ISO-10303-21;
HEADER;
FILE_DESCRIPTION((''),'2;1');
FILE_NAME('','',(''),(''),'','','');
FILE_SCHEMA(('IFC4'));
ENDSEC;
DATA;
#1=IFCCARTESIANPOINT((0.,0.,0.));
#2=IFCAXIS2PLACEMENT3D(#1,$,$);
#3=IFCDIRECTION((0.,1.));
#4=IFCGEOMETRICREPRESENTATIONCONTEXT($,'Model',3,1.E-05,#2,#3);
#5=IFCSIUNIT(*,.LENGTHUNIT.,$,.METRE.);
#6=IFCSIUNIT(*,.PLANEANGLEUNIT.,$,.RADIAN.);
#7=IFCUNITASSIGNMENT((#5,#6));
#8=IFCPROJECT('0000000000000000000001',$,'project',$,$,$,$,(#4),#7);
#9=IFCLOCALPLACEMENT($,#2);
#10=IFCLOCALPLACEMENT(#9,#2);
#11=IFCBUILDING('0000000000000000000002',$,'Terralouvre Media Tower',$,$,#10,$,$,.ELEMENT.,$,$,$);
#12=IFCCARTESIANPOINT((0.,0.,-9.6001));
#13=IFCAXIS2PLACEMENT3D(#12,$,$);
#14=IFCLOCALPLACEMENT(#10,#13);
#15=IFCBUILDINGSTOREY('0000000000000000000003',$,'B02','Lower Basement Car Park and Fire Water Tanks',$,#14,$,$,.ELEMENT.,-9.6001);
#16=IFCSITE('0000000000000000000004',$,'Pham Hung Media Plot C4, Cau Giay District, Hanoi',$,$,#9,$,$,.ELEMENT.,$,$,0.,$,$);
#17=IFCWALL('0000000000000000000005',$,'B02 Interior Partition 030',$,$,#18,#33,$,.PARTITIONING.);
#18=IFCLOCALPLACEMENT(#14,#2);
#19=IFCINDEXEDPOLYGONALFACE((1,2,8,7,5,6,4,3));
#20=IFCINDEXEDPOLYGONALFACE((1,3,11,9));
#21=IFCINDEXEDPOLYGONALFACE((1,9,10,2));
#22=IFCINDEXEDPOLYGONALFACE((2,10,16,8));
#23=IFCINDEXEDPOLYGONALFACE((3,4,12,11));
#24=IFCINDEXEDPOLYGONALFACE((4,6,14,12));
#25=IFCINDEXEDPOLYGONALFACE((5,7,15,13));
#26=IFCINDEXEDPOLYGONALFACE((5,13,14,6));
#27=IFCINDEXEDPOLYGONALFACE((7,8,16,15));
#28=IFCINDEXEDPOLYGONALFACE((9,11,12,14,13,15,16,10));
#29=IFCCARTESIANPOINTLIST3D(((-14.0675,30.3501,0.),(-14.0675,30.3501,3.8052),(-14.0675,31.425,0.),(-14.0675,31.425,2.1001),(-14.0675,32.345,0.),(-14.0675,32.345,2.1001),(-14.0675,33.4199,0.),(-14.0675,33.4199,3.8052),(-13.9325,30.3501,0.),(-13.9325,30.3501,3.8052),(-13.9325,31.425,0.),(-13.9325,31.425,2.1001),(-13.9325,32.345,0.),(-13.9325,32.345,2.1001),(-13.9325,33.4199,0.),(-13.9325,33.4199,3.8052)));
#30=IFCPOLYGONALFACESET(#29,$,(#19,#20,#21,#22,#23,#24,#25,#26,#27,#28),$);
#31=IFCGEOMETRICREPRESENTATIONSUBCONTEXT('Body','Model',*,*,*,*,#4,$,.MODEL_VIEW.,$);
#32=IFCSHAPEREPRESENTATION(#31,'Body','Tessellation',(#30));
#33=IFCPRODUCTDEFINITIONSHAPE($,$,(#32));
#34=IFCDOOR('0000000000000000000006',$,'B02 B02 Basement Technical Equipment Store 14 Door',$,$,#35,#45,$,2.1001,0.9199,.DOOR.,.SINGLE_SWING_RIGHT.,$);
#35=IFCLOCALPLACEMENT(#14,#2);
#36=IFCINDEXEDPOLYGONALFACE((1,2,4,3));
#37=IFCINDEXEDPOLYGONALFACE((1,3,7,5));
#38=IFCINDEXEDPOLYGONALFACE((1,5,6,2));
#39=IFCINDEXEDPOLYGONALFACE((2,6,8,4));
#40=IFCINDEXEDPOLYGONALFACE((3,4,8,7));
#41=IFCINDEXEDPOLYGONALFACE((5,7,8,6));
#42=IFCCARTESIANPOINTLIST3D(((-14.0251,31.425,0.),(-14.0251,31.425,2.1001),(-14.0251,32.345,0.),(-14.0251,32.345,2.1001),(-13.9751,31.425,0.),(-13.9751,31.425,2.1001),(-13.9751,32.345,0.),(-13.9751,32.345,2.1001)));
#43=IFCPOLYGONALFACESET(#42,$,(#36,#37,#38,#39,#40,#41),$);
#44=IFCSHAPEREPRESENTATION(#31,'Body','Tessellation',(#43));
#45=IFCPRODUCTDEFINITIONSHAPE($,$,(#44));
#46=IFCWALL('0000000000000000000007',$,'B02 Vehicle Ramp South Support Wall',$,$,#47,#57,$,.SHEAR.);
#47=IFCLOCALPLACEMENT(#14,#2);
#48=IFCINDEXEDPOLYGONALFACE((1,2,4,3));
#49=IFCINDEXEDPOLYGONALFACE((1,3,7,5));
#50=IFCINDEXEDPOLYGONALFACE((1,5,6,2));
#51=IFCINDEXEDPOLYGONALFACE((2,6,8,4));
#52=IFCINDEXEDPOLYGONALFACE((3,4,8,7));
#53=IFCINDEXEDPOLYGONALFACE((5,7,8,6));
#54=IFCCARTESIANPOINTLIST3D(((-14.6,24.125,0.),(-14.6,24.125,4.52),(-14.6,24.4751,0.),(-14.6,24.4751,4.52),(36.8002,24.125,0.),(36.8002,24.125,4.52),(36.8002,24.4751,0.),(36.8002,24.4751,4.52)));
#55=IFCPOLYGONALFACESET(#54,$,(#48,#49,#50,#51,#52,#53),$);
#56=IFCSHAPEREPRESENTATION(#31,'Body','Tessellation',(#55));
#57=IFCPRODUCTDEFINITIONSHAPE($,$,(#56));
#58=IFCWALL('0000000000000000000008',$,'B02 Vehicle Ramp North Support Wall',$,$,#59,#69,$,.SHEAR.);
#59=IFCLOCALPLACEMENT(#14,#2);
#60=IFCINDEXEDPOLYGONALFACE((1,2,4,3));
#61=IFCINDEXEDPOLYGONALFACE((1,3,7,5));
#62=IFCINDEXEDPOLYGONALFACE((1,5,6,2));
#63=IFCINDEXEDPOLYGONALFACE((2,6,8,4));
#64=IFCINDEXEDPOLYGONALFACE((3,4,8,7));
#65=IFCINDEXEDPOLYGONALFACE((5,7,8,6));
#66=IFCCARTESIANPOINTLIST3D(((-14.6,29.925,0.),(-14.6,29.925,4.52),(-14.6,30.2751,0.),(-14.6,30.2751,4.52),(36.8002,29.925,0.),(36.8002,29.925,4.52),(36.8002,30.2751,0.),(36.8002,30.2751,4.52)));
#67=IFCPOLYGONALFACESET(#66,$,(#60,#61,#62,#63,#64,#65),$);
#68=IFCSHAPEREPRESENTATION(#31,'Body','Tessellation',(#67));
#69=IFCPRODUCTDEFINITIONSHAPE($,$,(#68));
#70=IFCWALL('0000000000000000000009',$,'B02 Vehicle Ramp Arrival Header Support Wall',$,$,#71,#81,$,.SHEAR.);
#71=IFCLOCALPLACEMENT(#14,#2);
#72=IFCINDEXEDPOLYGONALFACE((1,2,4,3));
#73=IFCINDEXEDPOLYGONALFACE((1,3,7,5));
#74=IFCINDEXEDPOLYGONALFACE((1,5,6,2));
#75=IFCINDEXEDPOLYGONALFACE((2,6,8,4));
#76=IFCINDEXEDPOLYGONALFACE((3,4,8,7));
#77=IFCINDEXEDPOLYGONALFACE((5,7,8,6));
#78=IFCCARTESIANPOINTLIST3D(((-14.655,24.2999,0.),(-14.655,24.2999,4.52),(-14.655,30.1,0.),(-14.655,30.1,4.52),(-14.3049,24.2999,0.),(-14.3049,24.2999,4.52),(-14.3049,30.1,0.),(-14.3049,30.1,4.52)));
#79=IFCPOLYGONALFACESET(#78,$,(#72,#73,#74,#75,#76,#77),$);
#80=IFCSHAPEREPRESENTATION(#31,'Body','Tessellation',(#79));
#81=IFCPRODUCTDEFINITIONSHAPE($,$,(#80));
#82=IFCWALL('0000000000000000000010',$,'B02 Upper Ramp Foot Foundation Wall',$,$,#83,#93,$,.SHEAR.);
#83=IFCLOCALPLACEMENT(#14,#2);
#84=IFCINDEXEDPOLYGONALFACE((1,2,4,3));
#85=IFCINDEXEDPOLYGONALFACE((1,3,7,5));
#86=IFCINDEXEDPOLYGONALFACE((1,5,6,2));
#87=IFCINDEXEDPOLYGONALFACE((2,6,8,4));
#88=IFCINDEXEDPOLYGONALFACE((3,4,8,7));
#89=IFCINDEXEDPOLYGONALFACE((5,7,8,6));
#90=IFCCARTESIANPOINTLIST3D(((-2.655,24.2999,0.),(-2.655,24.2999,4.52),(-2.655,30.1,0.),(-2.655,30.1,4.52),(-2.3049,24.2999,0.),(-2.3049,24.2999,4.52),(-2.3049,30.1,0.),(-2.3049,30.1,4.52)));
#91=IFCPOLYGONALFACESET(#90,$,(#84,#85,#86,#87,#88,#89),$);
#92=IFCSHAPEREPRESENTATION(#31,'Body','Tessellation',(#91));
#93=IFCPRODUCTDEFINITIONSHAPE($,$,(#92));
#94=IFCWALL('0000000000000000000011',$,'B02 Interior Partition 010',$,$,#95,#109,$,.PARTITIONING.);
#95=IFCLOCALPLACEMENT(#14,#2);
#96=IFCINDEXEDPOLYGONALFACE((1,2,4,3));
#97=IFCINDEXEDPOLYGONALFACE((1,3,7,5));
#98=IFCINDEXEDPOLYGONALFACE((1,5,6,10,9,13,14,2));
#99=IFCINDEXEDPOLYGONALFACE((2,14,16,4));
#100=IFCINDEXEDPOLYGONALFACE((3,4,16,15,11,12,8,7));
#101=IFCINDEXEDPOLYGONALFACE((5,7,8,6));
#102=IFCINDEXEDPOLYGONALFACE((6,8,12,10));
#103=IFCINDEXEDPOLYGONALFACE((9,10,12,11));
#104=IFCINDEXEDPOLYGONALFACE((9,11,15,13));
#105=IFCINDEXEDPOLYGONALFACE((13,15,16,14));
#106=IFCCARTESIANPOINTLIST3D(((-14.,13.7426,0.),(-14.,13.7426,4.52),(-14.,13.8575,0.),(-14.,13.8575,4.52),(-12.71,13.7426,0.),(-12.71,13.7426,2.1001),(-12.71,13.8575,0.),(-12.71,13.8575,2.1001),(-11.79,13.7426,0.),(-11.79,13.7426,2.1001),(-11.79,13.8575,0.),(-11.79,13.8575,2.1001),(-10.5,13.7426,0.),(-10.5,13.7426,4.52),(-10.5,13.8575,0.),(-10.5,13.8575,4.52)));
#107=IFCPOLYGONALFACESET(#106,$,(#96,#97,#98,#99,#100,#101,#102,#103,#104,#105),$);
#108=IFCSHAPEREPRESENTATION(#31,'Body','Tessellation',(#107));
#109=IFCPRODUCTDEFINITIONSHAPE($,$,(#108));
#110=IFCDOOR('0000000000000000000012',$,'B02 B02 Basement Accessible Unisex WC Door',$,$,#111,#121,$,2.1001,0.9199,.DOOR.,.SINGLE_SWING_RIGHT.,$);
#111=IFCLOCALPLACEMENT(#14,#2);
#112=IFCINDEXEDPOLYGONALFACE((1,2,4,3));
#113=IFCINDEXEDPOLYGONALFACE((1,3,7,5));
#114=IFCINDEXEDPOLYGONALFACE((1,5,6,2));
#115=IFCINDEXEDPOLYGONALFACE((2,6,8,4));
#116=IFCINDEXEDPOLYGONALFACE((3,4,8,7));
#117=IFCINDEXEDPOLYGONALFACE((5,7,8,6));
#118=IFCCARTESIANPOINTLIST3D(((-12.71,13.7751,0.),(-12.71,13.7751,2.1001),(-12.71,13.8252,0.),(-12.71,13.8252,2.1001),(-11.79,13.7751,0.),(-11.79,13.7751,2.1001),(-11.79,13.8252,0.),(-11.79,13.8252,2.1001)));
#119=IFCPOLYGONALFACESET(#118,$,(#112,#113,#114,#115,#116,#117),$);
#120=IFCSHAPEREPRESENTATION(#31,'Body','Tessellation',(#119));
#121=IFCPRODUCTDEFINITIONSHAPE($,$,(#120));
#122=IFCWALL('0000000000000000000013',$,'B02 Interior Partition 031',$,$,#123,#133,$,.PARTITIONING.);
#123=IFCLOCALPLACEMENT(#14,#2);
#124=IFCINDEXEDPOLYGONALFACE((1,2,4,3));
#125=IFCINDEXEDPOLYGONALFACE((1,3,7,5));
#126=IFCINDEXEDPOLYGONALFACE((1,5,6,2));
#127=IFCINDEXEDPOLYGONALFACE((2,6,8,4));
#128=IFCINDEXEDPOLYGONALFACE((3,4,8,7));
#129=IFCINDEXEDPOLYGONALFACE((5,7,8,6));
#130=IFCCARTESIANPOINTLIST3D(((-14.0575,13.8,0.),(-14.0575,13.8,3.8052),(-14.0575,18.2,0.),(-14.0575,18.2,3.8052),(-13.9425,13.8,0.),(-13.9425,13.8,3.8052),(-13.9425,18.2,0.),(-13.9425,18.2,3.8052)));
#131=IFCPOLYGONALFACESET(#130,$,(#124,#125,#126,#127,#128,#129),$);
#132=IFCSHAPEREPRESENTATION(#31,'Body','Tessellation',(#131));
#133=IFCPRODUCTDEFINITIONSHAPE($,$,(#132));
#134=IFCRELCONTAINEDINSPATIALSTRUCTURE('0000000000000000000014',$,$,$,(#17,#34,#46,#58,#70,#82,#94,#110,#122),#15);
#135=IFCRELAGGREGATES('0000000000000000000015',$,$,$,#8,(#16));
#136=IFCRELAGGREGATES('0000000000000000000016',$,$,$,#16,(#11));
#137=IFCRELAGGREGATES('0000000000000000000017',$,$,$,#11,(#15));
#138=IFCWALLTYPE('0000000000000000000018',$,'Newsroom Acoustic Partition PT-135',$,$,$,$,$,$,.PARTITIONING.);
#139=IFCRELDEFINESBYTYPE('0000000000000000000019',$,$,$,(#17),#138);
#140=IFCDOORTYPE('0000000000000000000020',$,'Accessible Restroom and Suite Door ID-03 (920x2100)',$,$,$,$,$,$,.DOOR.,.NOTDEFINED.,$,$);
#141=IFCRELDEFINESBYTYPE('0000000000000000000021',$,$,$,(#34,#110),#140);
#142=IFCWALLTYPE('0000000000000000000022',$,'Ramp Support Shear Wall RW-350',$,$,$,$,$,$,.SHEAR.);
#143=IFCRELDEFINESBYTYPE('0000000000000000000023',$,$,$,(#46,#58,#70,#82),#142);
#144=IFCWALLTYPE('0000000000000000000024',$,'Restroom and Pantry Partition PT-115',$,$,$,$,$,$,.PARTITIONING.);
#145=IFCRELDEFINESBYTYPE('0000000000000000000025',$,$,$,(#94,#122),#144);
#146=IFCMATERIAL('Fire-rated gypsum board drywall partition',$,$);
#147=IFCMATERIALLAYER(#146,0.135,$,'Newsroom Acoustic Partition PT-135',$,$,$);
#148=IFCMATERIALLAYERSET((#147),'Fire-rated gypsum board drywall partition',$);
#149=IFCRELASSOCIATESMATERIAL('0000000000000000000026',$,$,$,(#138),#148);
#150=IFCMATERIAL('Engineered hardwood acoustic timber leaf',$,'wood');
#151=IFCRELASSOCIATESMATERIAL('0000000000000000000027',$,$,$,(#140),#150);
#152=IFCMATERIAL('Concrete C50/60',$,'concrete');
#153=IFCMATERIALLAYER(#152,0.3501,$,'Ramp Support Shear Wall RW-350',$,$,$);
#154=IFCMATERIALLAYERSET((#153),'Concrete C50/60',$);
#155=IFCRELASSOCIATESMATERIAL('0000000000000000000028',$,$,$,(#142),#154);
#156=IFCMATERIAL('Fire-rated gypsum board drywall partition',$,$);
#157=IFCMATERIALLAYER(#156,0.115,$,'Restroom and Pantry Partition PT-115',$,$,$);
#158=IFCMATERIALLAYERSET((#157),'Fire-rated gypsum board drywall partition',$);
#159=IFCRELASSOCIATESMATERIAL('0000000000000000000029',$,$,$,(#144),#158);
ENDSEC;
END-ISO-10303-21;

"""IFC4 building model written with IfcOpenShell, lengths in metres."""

from ifc_helpers import new_model, si_unit, direction, frame, frame_2d, origin, place, context, subcontext, project, spatial, rectangle, extrude, material, layer, layer_set, type_object, element, fill, save


model = new_model("IFC4")

# Units and contexts
model_context = context("Model", 3, precision=1e-05, world=origin(), true_north=direction((0.0, 1.0)))
body_context = subcontext(model_context, "Body", "Model", "MODEL_VIEW")
ifc_project = project(units=[si_unit("LENGTHUNIT", "METRE"), si_unit("PLANEANGLEUNIT", "RADIAN")], contexts=[model_context])

# Site, building, storey
site_placement = place(None, origin())
site = spatial("IfcSite", under=ifc_project, at=site_placement, Name="Pham Hung Media Plot C4, Cau Giay District, Hanoi", CompositionType="ELEMENT", RefElevation=0.0)
building_placement = place(site_placement, origin())
building = spatial("IfcBuilding", under=site, at=building_placement, Name="Terralouvre Media Tower", CompositionType="ELEMENT")
storey_placement = place(building_placement, frame((0.0, 0.0, -9.6001)))
storey = spatial("IfcBuildingStorey", under=building, at=storey_placement, Name="B02", Description="Lower Basement Car Park and Fire Water Tanks", CompositionType="ELEMENT", Elevation=-9.6001)

# Shared definitions
ifc_material_1 = material(Name="Fire-rated gypsum board drywall partition")
ifc_layer_1 = layer(ifc_material_1, 0.135, Name="Newsroom Acoustic Partition PT-135")
ifc_layer_set_1 = layer_set([ifc_layer_1], Name="Fire-rated gypsum board drywall partition")
wall_type_1 = type_object("IfcWallType", Name="Newsroom Acoustic Partition PT-135", PredefinedType="PARTITIONING", material=ifc_layer_set_1)

# Wall, opening, door
wall_1_placement = place(storey_placement, frame((-14.0, 33.4199, 0.0), z_axis=(0.0, 0.0, 1.0), x_axis=(0.0, -1.0, 0.0)))
wall_1 = element("IfcWall", 1, at=wall_1_placement, inside=storey, type_object=wall_type_1, Name="B02 Interior Partition 030", PredefinedType="PARTITIONING", context=body_context, shape_type="SweptSolid", body=[
    extrude(rectangle(XDim=3.0698, YDim=0.135, at=frame_2d((1.5349, 0.0))), origin(), (0.0, 0.0, 1.0), 3.8052),
])
opening_1_placement = place(wall_1_placement, frame((1.075, 0.0, 0.0)))
opening_1 = element("IfcOpeningElement", 2, at=opening_1_placement, cuts=wall_1, PredefinedType="OPENING", context=body_context, shape_type="SweptSolid", body=[
    extrude(rectangle(XDim=0.9199, YDim=2.1001, at=frame_2d((0.46, 1.05))), frame((0.0, 0.0774, 0.0), z_axis=(0.0, -1.0, 0.0), x_axis=(1.0, 0.0, 0.0)), (0.0, 0.0, 1.0), 0.155),
])
ifc_material_2 = material(Name="Engineered hardwood acoustic timber leaf", Category="wood")
door_type_1 = type_object("IfcDoorType", Name="Accessible Restroom and Suite Door ID-03 (920x2100)", OperationType="NOTDEFINED", PredefinedType="DOOR", material=ifc_material_2)
door_1_placement = place(opening_1_placement, origin())
door_1 = element("IfcDoor", 3, at=door_1_placement, inside=storey, type_object=door_type_1, Name="B02 B02 Basement Technical Equipment Store 14 Door", OperationType="SINGLE_SWING_RIGHT", OverallHeight=2.1001, OverallWidth=0.9199, PredefinedType="DOOR", context=body_context, shape_type="SweptSolid", body=[
    extrude(rectangle(XDim=0.9199, YDim=2.1001, at=frame_2d((0.46, 1.05))), frame((0.0, 0.0249, 0.0), z_axis=(0.0, -1.0, 0.0), x_axis=(1.0, 0.0, 0.0)), (0.0, 0.0, 1.0), 0.05),
])
fill(opening_1, door_1)

# Walls
ifc_material_3 = material(Name="Concrete C50/60", Category="concrete")
ifc_layer_2 = layer(ifc_material_3, 0.3501, Name="Ramp Support Shear Wall RW-350")
ifc_layer_set_2 = layer_set([ifc_layer_2], Name="Concrete C50/60")
wall_type_2 = type_object("IfcWallType", Name="Ramp Support Shear Wall RW-350", PredefinedType="SHEAR", material=ifc_layer_set_2)
for number, where, z_axis, x_axis, name in (
    (4, (-14.6001, 24.3, 0.0), (0.0, 0.0, 1.0), (1.0, 0.0, 0.0), "B02 Vehicle Ramp South Support Wall"),
    (5, (-14.6001, 30.1001, 0.0), (0.0, 0.0, 1.0), (1.0, 0.0, 0.0), "B02 Vehicle Ramp North Support Wall"),
):
    element("IfcWall", number, at=place(storey_placement, frame(where, z_axis=z_axis, x_axis=x_axis)), inside=storey, type_object=wall_type_2, Name=name, PredefinedType="SHEAR", context=body_context, shape_type="SweptSolid", body=[
        extrude(rectangle(XDim=51.4001, YDim=0.3501, at=frame_2d((25.7002, 0.0))), origin(), (0.0, 0.0, 1.0), 4.52),
    ])
for number, where, z_axis, x_axis, name in (
    (6, (-14.48, 24.3, 0.0), (0.0, 0.0, 1.0), (0.0, 1.0, 0.0), "B02 Vehicle Ramp Arrival Header Support Wall"),
    (7, (-2.48, 24.3, 0.0), (0.0, 0.0, 1.0), (0.0, 1.0, 0.0), "B02 Upper Ramp Foot Foundation Wall"),
):
    element("IfcWall", number, at=place(storey_placement, frame(where, z_axis=z_axis, x_axis=x_axis)), inside=storey, type_object=wall_type_2, Name=name, PredefinedType="SHEAR", context=body_context, shape_type="SweptSolid", body=[
        extrude(rectangle(XDim=5.8, YDim=0.3501, at=frame_2d((2.8999, 0.0))), origin(), (0.0, 0.0, 1.0), 4.52),
    ])

# Wall, opening, door
ifc_material_4 = material(Name="Fire-rated gypsum board drywall partition")
ifc_layer_3 = layer(ifc_material_4, 0.115, Name="Restroom and Pantry Partition PT-115")
ifc_layer_set_3 = layer_set([ifc_layer_3], Name="Fire-rated gypsum board drywall partition")
wall_type_3 = type_object("IfcWallType", Name="Restroom and Pantry Partition PT-115", PredefinedType="PARTITIONING", material=ifc_layer_set_3)
wall_2_placement = place(storey_placement, frame((-10.5, 13.8, 0.0), z_axis=(0.0, 0.0, 1.0), x_axis=(-1.0, 0.0, 0.0)))
wall_2 = element("IfcWall", 8, at=wall_2_placement, inside=storey, type_object=wall_type_3, Name="B02 Interior Partition 010", PredefinedType="PARTITIONING", context=body_context, shape_type="SweptSolid", body=[
    extrude(rectangle(XDim=3.5, YDim=0.115, at=frame_2d((1.75, 0.0))), origin(), (0.0, 0.0, 1.0), 4.52),
])
opening_2_placement = place(wall_2_placement, frame((1.29, 0.0, 0.0)))
opening_2 = element("IfcOpeningElement", 9, at=opening_2_placement, cuts=wall_2, PredefinedType="OPENING", context=body_context, shape_type="SweptSolid", body=[
    extrude(rectangle(XDim=0.9199, YDim=2.1001, at=frame_2d((0.46, 1.05))), frame((0.0, 0.0674, 0.0), z_axis=(0.0, -1.0, 0.0), x_axis=(1.0, 0.0, 0.0)), (0.0, 0.0, 1.0), 0.135),
])
door_2_placement = place(opening_2_placement, origin())
door_2 = element("IfcDoor", 10, at=door_2_placement, inside=storey, type_object=door_type_1, Name="B02 B02 Basement Accessible Unisex WC Door", OperationType="SINGLE_SWING_RIGHT", OverallHeight=2.1001, OverallWidth=0.9199, PredefinedType="DOOR", context=body_context, shape_type="SweptSolid", body=[
    extrude(rectangle(XDim=0.9199, YDim=2.1001, at=frame_2d((0.46, 1.05))), frame((0.0, 0.0249, 0.0), z_axis=(0.0, -1.0, 0.0), x_axis=(1.0, 0.0, 0.0)), (0.0, 0.0, 1.0), 0.05),
])
fill(opening_2, door_2)

# Wall
wall_3_placement = place(storey_placement, frame((-14.0, 18.2, 0.0), z_axis=(0.0, 0.0, 1.0), x_axis=(0.0, -1.0, 0.0)))
element("IfcWall", 11, at=wall_3_placement, inside=storey, type_object=wall_type_3, Name="B02 Interior Partition 031", PredefinedType="PARTITIONING", context=body_context, shape_type="SweptSolid", body=[
    extrude(rectangle(XDim=4.3999, YDim=0.115, at=frame_2d((2.2, 0.0))), origin(), (0.0, 0.0, 1.0), 3.8052),
])

save(model, "model.ifc")
